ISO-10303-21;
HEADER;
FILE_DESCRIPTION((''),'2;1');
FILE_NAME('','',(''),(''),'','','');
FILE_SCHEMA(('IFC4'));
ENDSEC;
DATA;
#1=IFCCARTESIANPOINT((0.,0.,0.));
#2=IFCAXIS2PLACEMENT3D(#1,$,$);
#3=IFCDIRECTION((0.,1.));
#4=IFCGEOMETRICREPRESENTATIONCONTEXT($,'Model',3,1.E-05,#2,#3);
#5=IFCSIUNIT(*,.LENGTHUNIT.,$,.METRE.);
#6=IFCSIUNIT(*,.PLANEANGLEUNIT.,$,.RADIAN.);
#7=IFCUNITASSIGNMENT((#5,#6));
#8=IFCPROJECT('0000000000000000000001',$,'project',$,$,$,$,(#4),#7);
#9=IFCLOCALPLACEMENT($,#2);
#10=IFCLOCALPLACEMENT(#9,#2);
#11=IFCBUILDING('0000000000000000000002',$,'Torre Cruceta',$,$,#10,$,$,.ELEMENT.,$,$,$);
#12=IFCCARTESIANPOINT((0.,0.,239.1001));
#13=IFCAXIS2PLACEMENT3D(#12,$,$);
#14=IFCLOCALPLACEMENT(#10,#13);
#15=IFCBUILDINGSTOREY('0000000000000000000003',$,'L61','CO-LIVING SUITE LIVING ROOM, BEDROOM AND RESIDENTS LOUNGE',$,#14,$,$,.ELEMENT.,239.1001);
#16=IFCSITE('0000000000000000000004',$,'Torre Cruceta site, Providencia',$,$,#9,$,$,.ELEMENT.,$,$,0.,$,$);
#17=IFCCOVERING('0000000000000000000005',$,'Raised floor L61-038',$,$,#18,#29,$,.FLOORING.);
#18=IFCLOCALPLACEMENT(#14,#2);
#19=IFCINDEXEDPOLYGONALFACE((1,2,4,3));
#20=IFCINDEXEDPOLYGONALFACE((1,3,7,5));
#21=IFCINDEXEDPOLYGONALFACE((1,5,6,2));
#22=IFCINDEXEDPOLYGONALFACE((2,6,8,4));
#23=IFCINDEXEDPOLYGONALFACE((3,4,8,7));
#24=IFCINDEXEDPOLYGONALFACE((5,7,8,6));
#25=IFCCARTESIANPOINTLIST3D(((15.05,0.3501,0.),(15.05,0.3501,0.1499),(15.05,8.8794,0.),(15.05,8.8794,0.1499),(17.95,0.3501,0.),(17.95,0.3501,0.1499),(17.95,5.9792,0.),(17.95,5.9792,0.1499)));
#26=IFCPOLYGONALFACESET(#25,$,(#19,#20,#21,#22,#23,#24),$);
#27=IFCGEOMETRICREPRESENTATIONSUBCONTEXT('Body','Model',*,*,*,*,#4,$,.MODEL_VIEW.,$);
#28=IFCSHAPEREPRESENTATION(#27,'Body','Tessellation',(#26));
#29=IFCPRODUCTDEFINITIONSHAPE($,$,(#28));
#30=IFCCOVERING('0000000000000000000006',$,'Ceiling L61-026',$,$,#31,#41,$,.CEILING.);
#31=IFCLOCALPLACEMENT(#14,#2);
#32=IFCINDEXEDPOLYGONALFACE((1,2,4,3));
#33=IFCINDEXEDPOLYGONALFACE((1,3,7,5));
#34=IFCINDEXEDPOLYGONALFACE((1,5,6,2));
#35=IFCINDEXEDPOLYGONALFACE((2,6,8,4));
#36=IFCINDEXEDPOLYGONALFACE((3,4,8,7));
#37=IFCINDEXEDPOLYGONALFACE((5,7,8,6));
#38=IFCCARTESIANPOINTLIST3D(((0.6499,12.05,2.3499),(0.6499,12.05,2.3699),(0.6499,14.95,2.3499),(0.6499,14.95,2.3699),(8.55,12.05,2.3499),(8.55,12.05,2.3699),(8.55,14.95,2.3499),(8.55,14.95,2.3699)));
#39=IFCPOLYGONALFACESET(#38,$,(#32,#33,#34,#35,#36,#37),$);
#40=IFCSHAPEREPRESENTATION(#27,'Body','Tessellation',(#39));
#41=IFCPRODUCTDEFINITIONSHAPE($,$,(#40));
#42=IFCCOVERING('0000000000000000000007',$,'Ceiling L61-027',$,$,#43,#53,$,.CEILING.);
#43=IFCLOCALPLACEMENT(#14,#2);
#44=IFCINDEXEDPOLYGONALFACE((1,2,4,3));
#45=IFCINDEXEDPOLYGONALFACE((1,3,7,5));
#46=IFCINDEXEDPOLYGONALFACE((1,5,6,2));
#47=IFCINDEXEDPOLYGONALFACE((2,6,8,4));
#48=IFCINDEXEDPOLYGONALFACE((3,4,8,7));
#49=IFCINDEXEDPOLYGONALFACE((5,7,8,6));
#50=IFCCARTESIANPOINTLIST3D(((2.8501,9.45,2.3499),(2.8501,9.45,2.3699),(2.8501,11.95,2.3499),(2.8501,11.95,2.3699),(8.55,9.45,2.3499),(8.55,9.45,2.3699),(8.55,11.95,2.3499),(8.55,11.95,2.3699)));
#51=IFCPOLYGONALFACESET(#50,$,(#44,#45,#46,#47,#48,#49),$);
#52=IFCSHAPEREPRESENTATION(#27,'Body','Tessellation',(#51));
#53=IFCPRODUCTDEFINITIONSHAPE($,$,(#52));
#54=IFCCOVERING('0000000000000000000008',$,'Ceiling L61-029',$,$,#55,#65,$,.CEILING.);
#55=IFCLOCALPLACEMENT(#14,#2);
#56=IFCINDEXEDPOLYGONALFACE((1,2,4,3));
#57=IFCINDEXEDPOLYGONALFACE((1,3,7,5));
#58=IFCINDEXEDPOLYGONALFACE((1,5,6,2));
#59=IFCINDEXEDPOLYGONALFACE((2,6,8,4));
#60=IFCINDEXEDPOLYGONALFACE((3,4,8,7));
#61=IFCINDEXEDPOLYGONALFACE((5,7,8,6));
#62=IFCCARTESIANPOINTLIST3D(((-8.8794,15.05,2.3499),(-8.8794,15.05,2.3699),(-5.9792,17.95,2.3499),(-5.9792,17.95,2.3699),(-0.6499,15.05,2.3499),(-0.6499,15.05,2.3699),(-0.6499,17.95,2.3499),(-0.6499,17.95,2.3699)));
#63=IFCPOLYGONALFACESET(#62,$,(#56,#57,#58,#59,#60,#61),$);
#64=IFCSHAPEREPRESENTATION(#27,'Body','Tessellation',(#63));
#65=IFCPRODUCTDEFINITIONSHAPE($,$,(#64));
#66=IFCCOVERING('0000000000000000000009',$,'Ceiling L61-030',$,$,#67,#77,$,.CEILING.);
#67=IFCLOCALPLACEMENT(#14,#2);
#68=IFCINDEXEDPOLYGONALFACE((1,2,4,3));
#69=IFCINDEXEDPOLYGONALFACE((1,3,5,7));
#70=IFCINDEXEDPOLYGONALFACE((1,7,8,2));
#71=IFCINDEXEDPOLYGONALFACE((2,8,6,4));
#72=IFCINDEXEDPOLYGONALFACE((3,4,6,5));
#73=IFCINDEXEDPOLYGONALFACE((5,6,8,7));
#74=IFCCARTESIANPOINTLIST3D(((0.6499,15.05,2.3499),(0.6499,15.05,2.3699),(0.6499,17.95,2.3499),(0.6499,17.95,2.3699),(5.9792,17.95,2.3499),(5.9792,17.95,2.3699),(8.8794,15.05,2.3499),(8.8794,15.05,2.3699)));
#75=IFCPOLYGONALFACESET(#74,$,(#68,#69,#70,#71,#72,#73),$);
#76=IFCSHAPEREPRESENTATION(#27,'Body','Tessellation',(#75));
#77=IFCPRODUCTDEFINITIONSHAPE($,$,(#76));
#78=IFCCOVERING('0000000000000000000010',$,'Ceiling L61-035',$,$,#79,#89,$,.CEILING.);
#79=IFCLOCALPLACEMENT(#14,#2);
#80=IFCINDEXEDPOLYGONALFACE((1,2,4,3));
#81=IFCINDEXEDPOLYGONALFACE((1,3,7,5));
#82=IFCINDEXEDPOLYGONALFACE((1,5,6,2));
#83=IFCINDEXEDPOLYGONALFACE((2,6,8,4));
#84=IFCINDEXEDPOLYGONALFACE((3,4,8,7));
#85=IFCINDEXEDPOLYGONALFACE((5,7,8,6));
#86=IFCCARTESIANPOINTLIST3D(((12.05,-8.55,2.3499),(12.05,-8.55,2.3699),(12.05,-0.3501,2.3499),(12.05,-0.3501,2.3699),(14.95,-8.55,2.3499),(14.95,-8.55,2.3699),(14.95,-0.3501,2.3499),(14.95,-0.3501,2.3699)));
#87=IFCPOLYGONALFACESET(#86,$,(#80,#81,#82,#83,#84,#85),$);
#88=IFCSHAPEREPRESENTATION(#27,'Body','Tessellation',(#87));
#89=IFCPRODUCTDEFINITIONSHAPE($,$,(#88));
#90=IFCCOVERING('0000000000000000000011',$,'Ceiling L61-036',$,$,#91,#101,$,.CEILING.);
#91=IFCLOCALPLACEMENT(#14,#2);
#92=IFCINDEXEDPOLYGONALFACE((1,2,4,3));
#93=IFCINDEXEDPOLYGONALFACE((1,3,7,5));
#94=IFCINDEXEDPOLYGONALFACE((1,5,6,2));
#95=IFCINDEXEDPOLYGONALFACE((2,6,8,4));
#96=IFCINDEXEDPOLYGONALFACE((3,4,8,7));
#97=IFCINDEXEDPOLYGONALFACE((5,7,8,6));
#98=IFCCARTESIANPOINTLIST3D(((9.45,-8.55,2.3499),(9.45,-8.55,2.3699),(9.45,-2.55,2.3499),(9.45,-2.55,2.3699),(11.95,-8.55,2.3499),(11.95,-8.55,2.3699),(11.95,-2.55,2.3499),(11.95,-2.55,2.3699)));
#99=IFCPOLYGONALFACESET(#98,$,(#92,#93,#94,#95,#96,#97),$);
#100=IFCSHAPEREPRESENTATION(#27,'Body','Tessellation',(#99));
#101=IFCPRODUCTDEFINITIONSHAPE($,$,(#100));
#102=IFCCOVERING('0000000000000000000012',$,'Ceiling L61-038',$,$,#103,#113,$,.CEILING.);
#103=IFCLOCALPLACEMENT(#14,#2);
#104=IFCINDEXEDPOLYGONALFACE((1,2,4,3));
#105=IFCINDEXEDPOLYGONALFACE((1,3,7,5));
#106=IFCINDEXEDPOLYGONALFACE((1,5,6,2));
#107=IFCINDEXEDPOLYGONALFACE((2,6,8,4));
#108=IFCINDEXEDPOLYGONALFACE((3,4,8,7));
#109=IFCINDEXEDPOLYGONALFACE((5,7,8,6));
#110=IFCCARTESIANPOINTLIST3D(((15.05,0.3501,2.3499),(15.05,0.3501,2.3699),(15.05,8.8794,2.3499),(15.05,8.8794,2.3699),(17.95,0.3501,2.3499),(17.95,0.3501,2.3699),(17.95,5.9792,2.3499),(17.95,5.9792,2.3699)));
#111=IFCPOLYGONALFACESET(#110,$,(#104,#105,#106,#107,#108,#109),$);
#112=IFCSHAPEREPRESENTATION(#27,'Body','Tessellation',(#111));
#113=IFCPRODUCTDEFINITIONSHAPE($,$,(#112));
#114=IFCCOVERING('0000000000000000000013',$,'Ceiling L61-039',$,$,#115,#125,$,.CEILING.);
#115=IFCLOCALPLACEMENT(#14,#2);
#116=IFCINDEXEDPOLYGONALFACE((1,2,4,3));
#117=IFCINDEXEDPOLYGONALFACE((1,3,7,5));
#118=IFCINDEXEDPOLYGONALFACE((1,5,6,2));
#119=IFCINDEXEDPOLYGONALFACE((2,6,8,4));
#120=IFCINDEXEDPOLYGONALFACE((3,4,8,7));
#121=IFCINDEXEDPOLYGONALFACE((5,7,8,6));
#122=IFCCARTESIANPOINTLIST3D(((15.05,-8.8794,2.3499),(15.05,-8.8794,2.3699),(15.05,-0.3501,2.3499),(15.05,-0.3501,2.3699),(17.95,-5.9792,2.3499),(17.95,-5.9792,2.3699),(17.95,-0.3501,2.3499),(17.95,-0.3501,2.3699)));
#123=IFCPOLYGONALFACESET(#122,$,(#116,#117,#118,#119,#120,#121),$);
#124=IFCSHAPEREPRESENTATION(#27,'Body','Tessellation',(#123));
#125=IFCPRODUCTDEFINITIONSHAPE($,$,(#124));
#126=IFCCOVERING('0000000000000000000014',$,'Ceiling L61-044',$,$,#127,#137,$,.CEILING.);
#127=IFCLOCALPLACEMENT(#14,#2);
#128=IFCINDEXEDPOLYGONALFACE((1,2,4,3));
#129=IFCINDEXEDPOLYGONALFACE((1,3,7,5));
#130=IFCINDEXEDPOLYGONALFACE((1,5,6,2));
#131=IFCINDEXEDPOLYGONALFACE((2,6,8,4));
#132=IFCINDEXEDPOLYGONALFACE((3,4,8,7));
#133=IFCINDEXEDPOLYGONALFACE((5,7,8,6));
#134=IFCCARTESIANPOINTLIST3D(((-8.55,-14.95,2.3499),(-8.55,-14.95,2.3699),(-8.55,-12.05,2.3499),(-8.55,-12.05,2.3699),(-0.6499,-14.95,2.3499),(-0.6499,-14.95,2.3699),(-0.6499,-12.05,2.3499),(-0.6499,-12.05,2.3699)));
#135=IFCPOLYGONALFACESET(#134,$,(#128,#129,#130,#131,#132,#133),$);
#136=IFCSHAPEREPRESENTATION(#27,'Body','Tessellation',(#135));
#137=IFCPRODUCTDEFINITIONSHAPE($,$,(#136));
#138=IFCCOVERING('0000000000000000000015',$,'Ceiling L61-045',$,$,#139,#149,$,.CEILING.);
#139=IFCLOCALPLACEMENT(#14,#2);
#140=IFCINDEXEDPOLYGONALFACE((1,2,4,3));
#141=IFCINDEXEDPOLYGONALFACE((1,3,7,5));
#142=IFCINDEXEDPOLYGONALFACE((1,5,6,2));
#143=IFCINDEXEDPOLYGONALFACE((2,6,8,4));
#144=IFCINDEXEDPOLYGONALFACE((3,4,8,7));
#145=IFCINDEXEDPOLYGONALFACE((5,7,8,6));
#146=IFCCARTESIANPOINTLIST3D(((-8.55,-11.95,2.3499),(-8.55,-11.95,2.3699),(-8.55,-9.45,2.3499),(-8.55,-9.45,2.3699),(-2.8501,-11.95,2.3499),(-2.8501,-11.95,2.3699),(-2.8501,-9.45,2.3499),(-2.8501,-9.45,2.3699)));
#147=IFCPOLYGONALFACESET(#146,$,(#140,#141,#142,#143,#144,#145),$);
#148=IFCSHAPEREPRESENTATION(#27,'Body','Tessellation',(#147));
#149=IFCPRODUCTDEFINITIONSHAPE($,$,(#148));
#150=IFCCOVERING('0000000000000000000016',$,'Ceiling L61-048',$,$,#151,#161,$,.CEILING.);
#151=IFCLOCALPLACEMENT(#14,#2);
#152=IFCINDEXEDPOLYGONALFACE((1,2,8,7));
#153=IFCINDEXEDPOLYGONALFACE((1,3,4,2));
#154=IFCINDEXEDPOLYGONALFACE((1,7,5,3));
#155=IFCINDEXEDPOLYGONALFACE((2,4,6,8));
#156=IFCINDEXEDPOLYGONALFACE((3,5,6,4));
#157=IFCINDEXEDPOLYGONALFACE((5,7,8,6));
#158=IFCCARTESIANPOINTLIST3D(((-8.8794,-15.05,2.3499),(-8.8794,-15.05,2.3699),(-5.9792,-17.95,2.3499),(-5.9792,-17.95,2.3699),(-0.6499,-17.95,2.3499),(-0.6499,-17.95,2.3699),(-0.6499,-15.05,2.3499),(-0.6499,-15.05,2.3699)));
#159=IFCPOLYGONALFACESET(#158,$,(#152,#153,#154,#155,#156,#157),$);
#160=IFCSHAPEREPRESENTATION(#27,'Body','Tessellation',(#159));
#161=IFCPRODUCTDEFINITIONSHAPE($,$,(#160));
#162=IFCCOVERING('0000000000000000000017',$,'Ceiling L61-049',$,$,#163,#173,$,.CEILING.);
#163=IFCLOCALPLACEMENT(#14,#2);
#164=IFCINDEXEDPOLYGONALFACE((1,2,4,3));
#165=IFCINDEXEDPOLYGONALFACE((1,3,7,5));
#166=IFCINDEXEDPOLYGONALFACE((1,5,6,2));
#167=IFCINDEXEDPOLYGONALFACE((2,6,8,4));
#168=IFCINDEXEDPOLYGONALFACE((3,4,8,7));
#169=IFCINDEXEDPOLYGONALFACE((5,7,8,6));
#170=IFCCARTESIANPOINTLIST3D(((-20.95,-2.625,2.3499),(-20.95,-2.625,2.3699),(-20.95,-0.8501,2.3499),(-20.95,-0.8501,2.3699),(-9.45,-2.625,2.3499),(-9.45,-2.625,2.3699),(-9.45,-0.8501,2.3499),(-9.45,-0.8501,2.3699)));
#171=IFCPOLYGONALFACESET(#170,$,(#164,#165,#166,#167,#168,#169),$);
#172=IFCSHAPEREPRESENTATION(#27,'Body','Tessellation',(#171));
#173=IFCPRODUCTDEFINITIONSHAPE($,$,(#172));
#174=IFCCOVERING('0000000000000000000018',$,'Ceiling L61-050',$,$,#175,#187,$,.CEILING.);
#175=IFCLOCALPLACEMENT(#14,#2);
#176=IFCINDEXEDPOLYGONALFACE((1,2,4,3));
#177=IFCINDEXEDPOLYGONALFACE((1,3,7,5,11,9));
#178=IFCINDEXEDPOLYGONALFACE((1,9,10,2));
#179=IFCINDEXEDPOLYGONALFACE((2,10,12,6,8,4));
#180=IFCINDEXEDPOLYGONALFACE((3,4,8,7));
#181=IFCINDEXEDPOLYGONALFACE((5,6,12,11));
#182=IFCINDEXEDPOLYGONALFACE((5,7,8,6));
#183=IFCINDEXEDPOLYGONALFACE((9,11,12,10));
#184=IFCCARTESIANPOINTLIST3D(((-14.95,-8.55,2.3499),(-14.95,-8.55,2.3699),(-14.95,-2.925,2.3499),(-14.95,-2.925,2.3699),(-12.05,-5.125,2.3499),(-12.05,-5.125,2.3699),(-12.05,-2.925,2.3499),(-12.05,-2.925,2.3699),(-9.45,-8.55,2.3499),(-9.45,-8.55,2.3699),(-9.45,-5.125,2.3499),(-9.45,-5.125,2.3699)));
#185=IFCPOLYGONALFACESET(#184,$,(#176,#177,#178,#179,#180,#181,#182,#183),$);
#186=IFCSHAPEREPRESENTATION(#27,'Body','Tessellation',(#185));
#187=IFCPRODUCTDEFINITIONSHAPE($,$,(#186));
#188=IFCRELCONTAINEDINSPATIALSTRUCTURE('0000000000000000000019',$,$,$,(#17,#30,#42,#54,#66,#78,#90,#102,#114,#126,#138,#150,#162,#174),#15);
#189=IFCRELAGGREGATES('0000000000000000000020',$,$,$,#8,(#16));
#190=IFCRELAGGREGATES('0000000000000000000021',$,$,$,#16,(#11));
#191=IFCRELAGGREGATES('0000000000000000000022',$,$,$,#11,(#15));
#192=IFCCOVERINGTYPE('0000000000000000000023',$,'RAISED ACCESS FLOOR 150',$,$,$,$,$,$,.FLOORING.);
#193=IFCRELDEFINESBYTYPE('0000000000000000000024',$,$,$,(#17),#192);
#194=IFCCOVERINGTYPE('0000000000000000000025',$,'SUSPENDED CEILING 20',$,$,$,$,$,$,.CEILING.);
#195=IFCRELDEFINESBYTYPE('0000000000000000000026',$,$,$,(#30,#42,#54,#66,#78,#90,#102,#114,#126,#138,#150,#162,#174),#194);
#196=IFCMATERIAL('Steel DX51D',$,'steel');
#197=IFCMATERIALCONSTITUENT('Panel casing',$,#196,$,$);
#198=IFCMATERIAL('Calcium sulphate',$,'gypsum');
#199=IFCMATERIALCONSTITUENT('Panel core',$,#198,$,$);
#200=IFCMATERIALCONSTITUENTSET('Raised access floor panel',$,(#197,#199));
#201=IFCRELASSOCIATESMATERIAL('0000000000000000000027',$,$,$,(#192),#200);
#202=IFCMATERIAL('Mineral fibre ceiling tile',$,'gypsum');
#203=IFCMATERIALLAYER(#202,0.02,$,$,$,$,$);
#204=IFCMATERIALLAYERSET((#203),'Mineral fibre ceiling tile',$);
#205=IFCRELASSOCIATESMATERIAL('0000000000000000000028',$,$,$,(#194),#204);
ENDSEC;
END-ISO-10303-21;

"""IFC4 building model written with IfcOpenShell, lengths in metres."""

from ifc_helpers import new_model, si_unit, direction, frame, origin, place, context, subcontext, project, spatial, polyline, outline, extrude, material, layer, layer_set, constituent, constituent_set, type_object, element, save


model = new_model("IFC4")

# Units and contexts
model_context = context("Model", 3, precision=1e-05, world=origin(), true_north=direction((0.0, 1.0)))
body_context = subcontext(model_context, "Body", "Model", "MODEL_VIEW")
ifc_project = project(units=[si_unit("LENGTHUNIT", "METRE"), si_unit("PLANEANGLEUNIT", "RADIAN")], contexts=[model_context])

# Site, building, storey
site_placement = place(None, origin())
site = spatial("IfcSite", under=ifc_project, at=site_placement, Name="Torre Cruceta site, Providencia", CompositionType="ELEMENT", RefElevation=0.0)
building_placement = place(site_placement, origin())
building = spatial("IfcBuilding", under=site, at=building_placement, Name="Torre Cruceta", CompositionType="ELEMENT")
storey_placement = place(building_placement, frame((0.0, 0.0, 239.1001)))
storey = spatial("IfcBuildingStorey", under=building, at=storey_placement, Name="L61", Description="CO-LIVING SUITE LIVING ROOM, BEDROOM AND RESIDENTS LOUNGE", CompositionType="ELEMENT", Elevation=239.1001)

# Coverings
ifc_material_1 = material(Name="Steel DX51D", Category="steel")
ifc_constituent_1 = constituent(ifc_material_1, Name="Panel casing")
ifc_material_2 = material(Name="Calcium sulphate", Category="gypsum")
ifc_constituent_2 = constituent(ifc_material_2, Name="Panel core")
ifc_constituent_set_1 = constituent_set(constituents=[ifc_constituent_1, ifc_constituent_2], Name="Raised access floor panel")
covering_type_1 = type_object("IfcCoveringType", Name="RAISED ACCESS FLOOR 150", PredefinedType="FLOORING", material=ifc_constituent_set_1)
covering_1_placement = place(storey_placement, origin())
element("IfcCovering", 1, at=covering_1_placement, inside=storey, type_object=covering_type_1, Name="Raised floor L61-038", PredefinedType="FLOORING", context=body_context, shape_type="SweptSolid", body=[
    extrude(outline(polyline([(17.95, 5.9792), (17.95, 0.3501), (15.05, 0.3501), (15.05, 8.8794), (17.95, 5.9792)])), origin(), (0.0, 0.0, 1.0), 0.1499),
])
ifc_material_3 = material(Name="Mineral fibre ceiling tile", Category="gypsum")
ifc_layer_1 = layer(ifc_material_3, 0.02)
ifc_layer_set_1 = layer_set([ifc_layer_1], Name="Mineral fibre ceiling tile")
covering_type_2 = type_object("IfcCoveringType", Name="SUSPENDED CEILING 20", PredefinedType="CEILING", material=ifc_layer_set_1)
covering_2_placement = place(storey_placement, frame((0.0, 0.0, 2.3499)))
element("IfcCovering", 2, at=covering_2_placement, inside=storey, type_object=covering_type_2, Name="Ceiling L61-026", PredefinedType="CEILING", context=body_context, shape_type="SweptSolid", body=[
    extrude(outline(polyline([(8.55, 14.95), (8.55, 12.05), (0.6499, 12.05), (0.6499, 14.95), (8.55, 14.95)])), origin(), (0.0, 0.0, 1.0), 0.02),
])
covering_3_placement = place(storey_placement, frame((0.0, 0.0, 2.3499)))
element("IfcCovering", 3, at=covering_3_placement, inside=storey, type_object=covering_type_2, Name="Ceiling L61-027", PredefinedType="CEILING", context=body_context, shape_type="SweptSolid", body=[
    extrude(outline(polyline([(8.55, 9.45), (2.8501, 9.45), (2.8501, 11.95), (8.55, 11.95), (8.55, 9.45)])), origin(), (0.0, 0.0, 1.0), 0.02),
])
covering_4_placement = place(storey_placement, frame((0.0, 0.0, 2.3499)))
element("IfcCovering", 4, at=covering_4_placement, inside=storey, type_object=covering_type_2, Name="Ceiling L61-029", PredefinedType="CEILING", context=body_context, shape_type="SweptSolid", body=[
    extrude(outline(polyline([(-5.9792, 17.95), (-0.6499, 17.95), (-0.6499, 15.05), (-8.8794, 15.05), (-5.9792, 17.95)])), origin(), (0.0, 0.0, 1.0), 0.02),
])
covering_5_placement = place(storey_placement, frame((0.0, 0.0, 2.3499)))
element("IfcCovering", 5, at=covering_5_placement, inside=storey, type_object=covering_type_2, Name="Ceiling L61-030", PredefinedType="CEILING", context=body_context, shape_type="SweptSolid", body=[
    extrude(outline(polyline([(8.8794, 15.05), (0.6499, 15.05), (0.6499, 17.95), (5.9792, 17.95), (8.8794, 15.05)])), origin(), (0.0, 0.0, 1.0), 0.02),
])
covering_6_placement = place(storey_placement, frame((0.0, 0.0, 2.3499)))
element("IfcCovering", 6, at=covering_6_placement, inside=storey, type_object=covering_type_2, Name="Ceiling L61-035", PredefinedType="CEILING", context=body_context, shape_type="SweptSolid", body=[
    extrude(outline(polyline([(14.95, -8.55), (12.05, -8.55), (12.05, -0.3501), (14.95, -0.3501), (14.95, -8.55)])), origin(), (0.0, 0.0, 1.0), 0.02),
])
covering_7_placement = place(storey_placement, frame((0.0, 0.0, 2.3499)))
element("IfcCovering", 7, at=covering_7_placement, inside=storey, type_object=covering_type_2, Name="Ceiling L61-036", PredefinedType="CEILING", context=body_context, shape_type="SweptSolid", body=[
    extrude(outline(polyline([(9.45, -8.55), (9.45, -2.55), (11.95, -2.55), (11.95, -8.55), (9.45, -8.55)])), origin(), (0.0, 0.0, 1.0), 0.02),
])
covering_8_placement = place(storey_placement, frame((0.0, 0.0, 2.3499)))
element("IfcCovering", 8, at=covering_8_placement, inside=storey, type_object=covering_type_2, Name="Ceiling L61-038", PredefinedType="CEILING", context=body_context, shape_type="SweptSolid", body=[
    extrude(outline(polyline([(17.95, 5.9792), (17.95, 0.3501), (15.05, 0.3501), (15.05, 8.8794), (17.95, 5.9792)])), origin(), (0.0, 0.0, 1.0), 0.02),
])
covering_9_placement = place(storey_placement, frame((0.0, 0.0, 2.3499)))
element("IfcCovering", 9, at=covering_9_placement, inside=storey, type_object=covering_type_2, Name="Ceiling L61-039", PredefinedType="CEILING", context=body_context, shape_type="SweptSolid", body=[
    extrude(outline(polyline([(15.05, -8.8794), (15.05, -0.3501), (17.95, -0.3501), (17.95, -5.9792), (15.05, -8.8794)])), origin(), (0.0, 0.0, 1.0), 0.02),
])
covering_10_placement = place(storey_placement, frame((0.0, 0.0, 2.3499)))
element("IfcCovering", 10, at=covering_10_placement, inside=storey, type_object=covering_type_2, Name="Ceiling L61-044", PredefinedType="CEILING", context=body_context, shape_type="SweptSolid", body=[
    extrude(outline(polyline([(-8.55, -14.95), (-8.55, -12.05), (-0.6499, -12.05), (-0.6499, -14.95), (-8.55, -14.95)])), origin(), (0.0, 0.0, 1.0), 0.02),
])
covering_11_placement = place(storey_placement, frame((0.0, 0.0, 2.3499)))
element("IfcCovering", 11, at=covering_11_placement, inside=storey, type_object=covering_type_2, Name="Ceiling L61-045", PredefinedType="CEILING", context=body_context, shape_type="SweptSolid", body=[
    extrude(outline(polyline([(-8.55, -9.45), (-2.8501, -9.45), (-2.8501, -11.95), (-8.55, -11.95), (-8.55, -9.45)])), origin(), (0.0, 0.0, 1.0), 0.02),
])
covering_12_placement = place(storey_placement, frame((0.0, 0.0, 2.3499)))
element("IfcCovering", 12, at=covering_12_placement, inside=storey, type_object=covering_type_2, Name="Ceiling L61-048", PredefinedType="CEILING", context=body_context, shape_type="SweptSolid", body=[
    extrude(outline(polyline([(-8.8794, -15.05), (-0.6499, -15.05), (-0.6499, -17.95), (-5.9792, -17.95), (-8.8794, -15.05)])), origin(), (0.0, 0.0, 1.0), 0.02),
])
covering_13_placement = place(storey_placement, frame((0.0, 0.0, 2.3499)))
element("IfcCovering", 13, at=covering_13_placement, inside=storey, type_object=covering_type_2, Name="Ceiling L61-049", PredefinedType="CEILING", context=body_context, shape_type="SweptSolid", body=[
    extrude(outline(polyline([(-9.45, -0.8501), (-9.45, -2.625), (-20.95, -2.625), (-20.95, -0.8501), (-9.45, -0.8501)])), origin(), (0.0, 0.0, 1.0), 0.02),
])
covering_14_placement = place(storey_placement, frame((0.0, 0.0, 2.3499)))
element("IfcCovering", 14, at=covering_14_placement, inside=storey, type_object=covering_type_2, Name="Ceiling L61-050", PredefinedType="CEILING", context=body_context, shape_type="SweptSolid", body=[
    extrude(outline(polyline([(-9.45, -8.55), (-14.95, -8.55), (-14.95, -2.925), (-12.05, -2.925), (-12.05, -5.125), (-9.45, -5.125), (-9.45, -8.55)])), origin(), (0.0, 0.0, 1.0), 0.02),
])

save(model, "model.ifc")
